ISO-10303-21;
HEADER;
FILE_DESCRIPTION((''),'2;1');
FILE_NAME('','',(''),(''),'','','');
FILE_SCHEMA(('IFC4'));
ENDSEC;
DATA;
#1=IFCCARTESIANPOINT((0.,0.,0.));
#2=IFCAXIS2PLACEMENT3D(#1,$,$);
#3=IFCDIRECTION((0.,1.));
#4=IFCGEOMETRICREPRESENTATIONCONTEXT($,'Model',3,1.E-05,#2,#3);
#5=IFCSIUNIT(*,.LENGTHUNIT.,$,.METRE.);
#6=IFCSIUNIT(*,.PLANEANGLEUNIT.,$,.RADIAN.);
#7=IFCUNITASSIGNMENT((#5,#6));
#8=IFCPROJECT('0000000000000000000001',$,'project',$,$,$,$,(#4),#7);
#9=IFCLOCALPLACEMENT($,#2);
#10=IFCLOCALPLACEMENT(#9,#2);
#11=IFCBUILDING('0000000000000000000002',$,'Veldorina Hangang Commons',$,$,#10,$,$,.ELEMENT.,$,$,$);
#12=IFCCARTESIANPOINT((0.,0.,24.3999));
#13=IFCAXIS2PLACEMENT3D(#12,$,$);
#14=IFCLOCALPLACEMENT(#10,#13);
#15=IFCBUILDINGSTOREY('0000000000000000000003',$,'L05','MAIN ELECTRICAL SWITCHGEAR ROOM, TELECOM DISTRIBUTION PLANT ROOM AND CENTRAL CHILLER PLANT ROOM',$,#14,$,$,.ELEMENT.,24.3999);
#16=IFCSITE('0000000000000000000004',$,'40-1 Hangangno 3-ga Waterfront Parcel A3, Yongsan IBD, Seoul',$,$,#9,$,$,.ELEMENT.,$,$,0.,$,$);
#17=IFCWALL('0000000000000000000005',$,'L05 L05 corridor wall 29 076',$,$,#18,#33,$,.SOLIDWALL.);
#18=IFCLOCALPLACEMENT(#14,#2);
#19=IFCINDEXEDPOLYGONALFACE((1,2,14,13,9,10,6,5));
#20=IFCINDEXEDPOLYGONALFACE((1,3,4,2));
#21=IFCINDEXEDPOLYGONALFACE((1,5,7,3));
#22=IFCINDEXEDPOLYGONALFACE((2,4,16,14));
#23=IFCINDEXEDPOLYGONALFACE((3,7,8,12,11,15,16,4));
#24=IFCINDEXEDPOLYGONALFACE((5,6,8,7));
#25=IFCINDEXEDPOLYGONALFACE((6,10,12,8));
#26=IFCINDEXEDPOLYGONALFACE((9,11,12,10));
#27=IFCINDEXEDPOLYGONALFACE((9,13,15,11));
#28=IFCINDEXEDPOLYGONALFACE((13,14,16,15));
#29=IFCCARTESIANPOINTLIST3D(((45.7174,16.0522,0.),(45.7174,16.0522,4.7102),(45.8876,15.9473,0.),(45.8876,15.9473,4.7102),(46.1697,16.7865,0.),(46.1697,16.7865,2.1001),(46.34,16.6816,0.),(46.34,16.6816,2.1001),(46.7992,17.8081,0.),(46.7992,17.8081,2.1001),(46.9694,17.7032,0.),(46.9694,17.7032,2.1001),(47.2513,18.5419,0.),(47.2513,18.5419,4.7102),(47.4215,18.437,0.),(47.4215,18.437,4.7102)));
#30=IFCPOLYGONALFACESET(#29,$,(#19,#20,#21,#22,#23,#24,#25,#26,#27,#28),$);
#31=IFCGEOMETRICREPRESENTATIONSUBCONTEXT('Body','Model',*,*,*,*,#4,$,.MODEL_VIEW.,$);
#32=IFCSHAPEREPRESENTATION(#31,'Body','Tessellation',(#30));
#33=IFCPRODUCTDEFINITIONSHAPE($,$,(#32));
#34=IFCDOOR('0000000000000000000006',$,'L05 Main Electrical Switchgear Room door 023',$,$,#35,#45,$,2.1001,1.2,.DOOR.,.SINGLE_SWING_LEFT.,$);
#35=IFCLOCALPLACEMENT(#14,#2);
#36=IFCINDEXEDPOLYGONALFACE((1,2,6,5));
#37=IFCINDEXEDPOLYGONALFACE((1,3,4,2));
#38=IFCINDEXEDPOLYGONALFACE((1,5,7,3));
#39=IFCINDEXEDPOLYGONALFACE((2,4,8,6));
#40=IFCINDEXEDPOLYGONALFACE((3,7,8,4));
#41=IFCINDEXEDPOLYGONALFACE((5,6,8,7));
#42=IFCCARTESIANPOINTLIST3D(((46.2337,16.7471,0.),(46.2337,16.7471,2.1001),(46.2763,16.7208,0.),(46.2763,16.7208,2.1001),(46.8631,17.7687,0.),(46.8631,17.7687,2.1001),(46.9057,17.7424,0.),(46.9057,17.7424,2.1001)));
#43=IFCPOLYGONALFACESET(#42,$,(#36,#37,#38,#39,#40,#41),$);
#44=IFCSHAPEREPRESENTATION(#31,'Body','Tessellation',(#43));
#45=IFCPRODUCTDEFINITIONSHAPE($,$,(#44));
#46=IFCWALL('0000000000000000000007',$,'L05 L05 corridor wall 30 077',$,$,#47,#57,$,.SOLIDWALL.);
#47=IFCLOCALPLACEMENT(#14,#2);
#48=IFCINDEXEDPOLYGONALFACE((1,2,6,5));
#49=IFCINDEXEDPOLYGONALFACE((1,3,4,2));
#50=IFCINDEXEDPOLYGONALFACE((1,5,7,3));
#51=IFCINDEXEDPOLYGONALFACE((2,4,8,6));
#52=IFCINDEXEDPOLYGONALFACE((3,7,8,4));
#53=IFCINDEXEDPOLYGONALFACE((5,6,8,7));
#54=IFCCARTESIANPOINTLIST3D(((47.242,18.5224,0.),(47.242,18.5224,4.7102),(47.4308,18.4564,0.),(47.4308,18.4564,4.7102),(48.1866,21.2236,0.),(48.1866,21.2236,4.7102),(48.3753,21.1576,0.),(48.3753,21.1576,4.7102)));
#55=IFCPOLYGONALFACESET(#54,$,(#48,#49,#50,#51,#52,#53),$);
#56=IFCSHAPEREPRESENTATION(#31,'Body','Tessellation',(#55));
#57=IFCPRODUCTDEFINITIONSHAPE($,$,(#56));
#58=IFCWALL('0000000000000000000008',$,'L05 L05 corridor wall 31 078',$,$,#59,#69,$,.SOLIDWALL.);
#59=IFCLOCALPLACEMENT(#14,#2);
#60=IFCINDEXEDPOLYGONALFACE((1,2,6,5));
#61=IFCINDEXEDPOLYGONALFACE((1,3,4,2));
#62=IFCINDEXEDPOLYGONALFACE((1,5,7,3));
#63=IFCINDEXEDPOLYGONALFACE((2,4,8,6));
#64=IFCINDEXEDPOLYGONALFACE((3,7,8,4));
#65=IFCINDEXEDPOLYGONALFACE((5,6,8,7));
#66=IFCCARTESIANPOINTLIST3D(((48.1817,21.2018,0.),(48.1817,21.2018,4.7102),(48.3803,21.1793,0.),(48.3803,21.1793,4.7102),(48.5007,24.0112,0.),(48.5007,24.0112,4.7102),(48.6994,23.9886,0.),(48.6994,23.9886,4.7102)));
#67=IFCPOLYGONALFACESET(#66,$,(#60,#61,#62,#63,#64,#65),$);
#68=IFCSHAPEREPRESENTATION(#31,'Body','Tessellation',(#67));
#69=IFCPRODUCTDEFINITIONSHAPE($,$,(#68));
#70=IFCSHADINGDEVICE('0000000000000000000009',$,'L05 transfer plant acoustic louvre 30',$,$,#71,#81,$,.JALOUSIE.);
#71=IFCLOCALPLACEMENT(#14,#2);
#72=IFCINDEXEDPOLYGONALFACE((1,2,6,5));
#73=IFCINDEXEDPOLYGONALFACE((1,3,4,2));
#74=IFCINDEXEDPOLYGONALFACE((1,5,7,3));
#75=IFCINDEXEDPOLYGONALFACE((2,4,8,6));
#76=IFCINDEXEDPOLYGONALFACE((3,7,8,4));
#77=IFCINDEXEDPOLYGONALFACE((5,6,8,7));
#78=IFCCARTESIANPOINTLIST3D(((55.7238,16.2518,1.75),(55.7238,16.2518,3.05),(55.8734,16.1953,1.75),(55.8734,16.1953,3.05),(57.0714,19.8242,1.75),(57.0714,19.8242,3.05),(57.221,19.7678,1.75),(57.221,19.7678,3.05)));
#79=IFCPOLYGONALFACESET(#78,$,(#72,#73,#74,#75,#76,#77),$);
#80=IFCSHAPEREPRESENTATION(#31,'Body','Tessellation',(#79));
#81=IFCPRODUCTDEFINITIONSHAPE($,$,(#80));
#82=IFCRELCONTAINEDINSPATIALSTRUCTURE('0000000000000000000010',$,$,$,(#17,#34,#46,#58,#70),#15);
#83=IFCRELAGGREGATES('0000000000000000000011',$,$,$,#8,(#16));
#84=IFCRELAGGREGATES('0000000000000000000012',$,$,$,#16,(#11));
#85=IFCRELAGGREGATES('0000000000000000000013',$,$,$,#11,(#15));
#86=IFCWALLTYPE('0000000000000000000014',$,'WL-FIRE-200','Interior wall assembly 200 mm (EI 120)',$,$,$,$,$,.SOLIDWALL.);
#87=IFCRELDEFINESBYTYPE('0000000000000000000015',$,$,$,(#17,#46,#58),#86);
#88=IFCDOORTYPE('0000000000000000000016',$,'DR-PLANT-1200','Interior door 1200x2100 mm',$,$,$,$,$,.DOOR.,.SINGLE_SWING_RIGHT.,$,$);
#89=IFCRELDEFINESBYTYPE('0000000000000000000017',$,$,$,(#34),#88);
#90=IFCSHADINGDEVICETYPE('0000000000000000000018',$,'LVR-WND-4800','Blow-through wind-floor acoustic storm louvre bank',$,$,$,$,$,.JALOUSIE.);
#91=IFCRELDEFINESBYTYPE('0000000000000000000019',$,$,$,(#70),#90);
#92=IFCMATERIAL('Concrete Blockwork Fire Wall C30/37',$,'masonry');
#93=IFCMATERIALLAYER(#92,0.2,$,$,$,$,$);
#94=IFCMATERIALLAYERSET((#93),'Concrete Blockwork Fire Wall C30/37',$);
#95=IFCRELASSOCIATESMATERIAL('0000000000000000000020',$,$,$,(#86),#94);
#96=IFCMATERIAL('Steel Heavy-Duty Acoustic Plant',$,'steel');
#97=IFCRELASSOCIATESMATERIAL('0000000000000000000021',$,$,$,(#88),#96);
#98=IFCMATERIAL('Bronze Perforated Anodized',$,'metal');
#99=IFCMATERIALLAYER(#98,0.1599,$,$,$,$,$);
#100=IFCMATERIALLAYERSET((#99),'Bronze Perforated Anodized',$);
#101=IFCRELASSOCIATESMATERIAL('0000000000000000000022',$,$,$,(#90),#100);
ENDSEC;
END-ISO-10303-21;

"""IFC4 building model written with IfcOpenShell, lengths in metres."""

from ifc_helpers import new_model, si_unit, direction, frame, frame_2d, origin, origin_2d, place, context, subcontext, project, spatial, rectangle, extrude, material, layer, layer_set, type_object, element, fill, save


model = new_model("IFC4")

# Units and contexts
model_context = context("Model", 3, precision=1e-05, world=origin(), true_north=direction((0.0, 1.0)))
body_context = subcontext(model_context, "Body", "Model", "MODEL_VIEW")
ifc_project = project(units=[si_unit("LENGTHUNIT", "METRE"), si_unit("PLANEANGLEUNIT", "RADIAN")], contexts=[model_context])

# Site, building, storey
site_placement = place(None, origin())
site = spatial("IfcSite", under=ifc_project, at=site_placement, Name="40-1 Hangangno 3-ga Waterfront Parcel A3, Yongsan IBD, Seoul", CompositionType="ELEMENT", RefElevation=0.0)
building_placement = place(site_placement, origin())
building = spatial("IfcBuilding", under=site, at=building_placement, Name="Veldorina Hangang Commons", CompositionType="ELEMENT")
storey_placement = place(building_placement, frame((0.0, 0.0, 24.3999)))
storey = spatial("IfcBuildingStorey", under=building, at=storey_placement, Name="L05", Description="MAIN ELECTRICAL SWITCHGEAR ROOM, TELECOM DISTRIBUTION PLANT ROOM AND CENTRAL CHILLER PLANT ROOM", CompositionType="ELEMENT", Elevation=24.3999)

# Wall, opening, door
ifc_material_1 = material(Name="Concrete Blockwork Fire Wall C30/37", Category="masonry")
ifc_layer_1 = layer(ifc_material_1, 0.2)
ifc_layer_set_1 = layer_set([ifc_layer_1], Name="Concrete Blockwork Fire Wall C30/37")
wall_type_1 = type_object("IfcWallType", Name="WL-FIRE-200", Description="Interior wall assembly 200 mm (EI 120)", PredefinedType="SOLIDWALL", material=ifc_layer_set_1)
wall_1_placement = place(storey_placement, frame((45.8025, 15.9998, 0.0), z_axis=(0.0, 0.0, 1.0), x_axis=(0.52454, 0.851386, 0.0)))
wall_1 = element("IfcWall", 1, at=wall_1_placement, inside=storey, type_object=wall_type_1, Name="L05 L05 corridor wall 29 076", PredefinedType="SOLIDWALL", context=body_context, shape_type="SweptSolid", body=[
    extrude(rectangle(XDim=2.9243, YDim=0.2, at=frame_2d((1.4622, 0.0))), origin(), (0.0, 0.0, 1.0), 4.7102),
])
opening_1_placement = place(wall_1_placement, frame((0.8623, 0.0, 0.0)))
opening_1 = element("IfcOpeningElement", 2, at=opening_1_placement, cuts=wall_1, PredefinedType="OPENING", context=body_context, shape_type="SweptSolid", body=[
    extrude(rectangle(XDim=1.2, YDim=2.1001, at=frame_2d((0.6001, 1.05))), frame((0.0, 0.1099, 0.0), z_axis=(0.0, -1.0, 0.0), x_axis=(1.0, 0.0, 0.0)), (0.0, 0.0, 1.0), 0.22),
])
ifc_material_2 = material(Name="Steel Heavy-Duty Acoustic Plant", Category="steel")
door_type_1 = type_object("IfcDoorType", Name="DR-PLANT-1200", Description="Interior door 1200x2100 mm", OperationType="SINGLE_SWING_RIGHT", PredefinedType="DOOR", material=ifc_material_2)
door_1_placement = place(opening_1_placement, origin())
door_1 = element("IfcDoor", 3, at=door_1_placement, inside=storey, type_object=door_type_1, Name="L05 Main Electrical Switchgear Room door 023", OperationType="SINGLE_SWING_LEFT", OverallHeight=2.1001, OverallWidth=1.2, PredefinedType="DOOR", context=body_context, shape_type="SweptSolid", body=[
    extrude(rectangle(XDim=1.2, YDim=2.1001, at=frame_2d((0.6001, 1.05))), frame((0.0, 0.0249, 0.0), z_axis=(0.0, -1.0, 0.0), x_axis=(1.0, 0.0, 0.0)), (0.0, 0.0, 1.0), 0.05),
])
fill(opening_1, door_1)

# Walls
wall_2_placement = place(storey_placement, frame((47.3364, 18.4895, 0.0), z_axis=(0.0, 0.0, 1.0), x_axis=(0.330092, 0.943949, 0.0)))
element("IfcWall", 4, at=wall_2_placement, inside=storey, type_object=wall_type_1, Name="L05 L05 corridor wall 30 077", PredefinedType="SOLIDWALL", context=body_context, shape_type="SweptSolid", body=[
    extrude(rectangle(XDim=2.8616, YDim=0.2, at=frame_2d((1.4307, 0.0))), origin(), (0.0, 0.0, 1.0), 4.7102),
])
wall_3_placement = place(storey_placement, frame((48.281, 21.1907, 0.0), z_axis=(0.0, 0.0, 1.0), x_axis=(0.112857, 0.993611, 0.0)))
element("IfcWall", 5, at=wall_3_placement, inside=storey, type_object=wall_type_1, Name="L05 L05 corridor wall 31 078", PredefinedType="SOLIDWALL", context=body_context, shape_type="SweptSolid", body=[
    extrude(rectangle(XDim=2.8274, YDim=0.2, at=frame_2d((1.4136, 0.0))), origin(), (0.0, 0.0, 1.0), 4.7102),
])

# Shading device
ifc_material_3 = material(Name="Bronze Perforated Anodized", Category="metal")
ifc_layer_2 = layer(ifc_material_3, 0.1599)
ifc_layer_set_2 = layer_set([ifc_layer_2], Name="Bronze Perforated Anodized")
shading_device_type = type_object("IfcShadingDeviceType", Name="LVR-WND-4800", Description="Blow-through wind-floor acoustic storm louvre bank", PredefinedType="JALOUSIE", material=ifc_layer_set_2)
shading_device_placement = place(storey_placement, frame((56.4724, 18.0098, 1.75), z_axis=(0.0, 0.0, 1.0), x_axis=(0.352936, 0.935647, 0.0)))
element("IfcShadingDevice", 6, at=shading_device_placement, inside=storey, type_object=shading_device_type, Name="L05 transfer plant acoustic louvre 30", PredefinedType="JALOUSIE", context=body_context, shape_type="SweptSolid", body=[
    extrude(rectangle(XDim=3.8181, YDim=0.1599, at=origin_2d()), origin(), (0.0, 0.0, 1.0), 1.3),
])

save(model, "model.ifc")
